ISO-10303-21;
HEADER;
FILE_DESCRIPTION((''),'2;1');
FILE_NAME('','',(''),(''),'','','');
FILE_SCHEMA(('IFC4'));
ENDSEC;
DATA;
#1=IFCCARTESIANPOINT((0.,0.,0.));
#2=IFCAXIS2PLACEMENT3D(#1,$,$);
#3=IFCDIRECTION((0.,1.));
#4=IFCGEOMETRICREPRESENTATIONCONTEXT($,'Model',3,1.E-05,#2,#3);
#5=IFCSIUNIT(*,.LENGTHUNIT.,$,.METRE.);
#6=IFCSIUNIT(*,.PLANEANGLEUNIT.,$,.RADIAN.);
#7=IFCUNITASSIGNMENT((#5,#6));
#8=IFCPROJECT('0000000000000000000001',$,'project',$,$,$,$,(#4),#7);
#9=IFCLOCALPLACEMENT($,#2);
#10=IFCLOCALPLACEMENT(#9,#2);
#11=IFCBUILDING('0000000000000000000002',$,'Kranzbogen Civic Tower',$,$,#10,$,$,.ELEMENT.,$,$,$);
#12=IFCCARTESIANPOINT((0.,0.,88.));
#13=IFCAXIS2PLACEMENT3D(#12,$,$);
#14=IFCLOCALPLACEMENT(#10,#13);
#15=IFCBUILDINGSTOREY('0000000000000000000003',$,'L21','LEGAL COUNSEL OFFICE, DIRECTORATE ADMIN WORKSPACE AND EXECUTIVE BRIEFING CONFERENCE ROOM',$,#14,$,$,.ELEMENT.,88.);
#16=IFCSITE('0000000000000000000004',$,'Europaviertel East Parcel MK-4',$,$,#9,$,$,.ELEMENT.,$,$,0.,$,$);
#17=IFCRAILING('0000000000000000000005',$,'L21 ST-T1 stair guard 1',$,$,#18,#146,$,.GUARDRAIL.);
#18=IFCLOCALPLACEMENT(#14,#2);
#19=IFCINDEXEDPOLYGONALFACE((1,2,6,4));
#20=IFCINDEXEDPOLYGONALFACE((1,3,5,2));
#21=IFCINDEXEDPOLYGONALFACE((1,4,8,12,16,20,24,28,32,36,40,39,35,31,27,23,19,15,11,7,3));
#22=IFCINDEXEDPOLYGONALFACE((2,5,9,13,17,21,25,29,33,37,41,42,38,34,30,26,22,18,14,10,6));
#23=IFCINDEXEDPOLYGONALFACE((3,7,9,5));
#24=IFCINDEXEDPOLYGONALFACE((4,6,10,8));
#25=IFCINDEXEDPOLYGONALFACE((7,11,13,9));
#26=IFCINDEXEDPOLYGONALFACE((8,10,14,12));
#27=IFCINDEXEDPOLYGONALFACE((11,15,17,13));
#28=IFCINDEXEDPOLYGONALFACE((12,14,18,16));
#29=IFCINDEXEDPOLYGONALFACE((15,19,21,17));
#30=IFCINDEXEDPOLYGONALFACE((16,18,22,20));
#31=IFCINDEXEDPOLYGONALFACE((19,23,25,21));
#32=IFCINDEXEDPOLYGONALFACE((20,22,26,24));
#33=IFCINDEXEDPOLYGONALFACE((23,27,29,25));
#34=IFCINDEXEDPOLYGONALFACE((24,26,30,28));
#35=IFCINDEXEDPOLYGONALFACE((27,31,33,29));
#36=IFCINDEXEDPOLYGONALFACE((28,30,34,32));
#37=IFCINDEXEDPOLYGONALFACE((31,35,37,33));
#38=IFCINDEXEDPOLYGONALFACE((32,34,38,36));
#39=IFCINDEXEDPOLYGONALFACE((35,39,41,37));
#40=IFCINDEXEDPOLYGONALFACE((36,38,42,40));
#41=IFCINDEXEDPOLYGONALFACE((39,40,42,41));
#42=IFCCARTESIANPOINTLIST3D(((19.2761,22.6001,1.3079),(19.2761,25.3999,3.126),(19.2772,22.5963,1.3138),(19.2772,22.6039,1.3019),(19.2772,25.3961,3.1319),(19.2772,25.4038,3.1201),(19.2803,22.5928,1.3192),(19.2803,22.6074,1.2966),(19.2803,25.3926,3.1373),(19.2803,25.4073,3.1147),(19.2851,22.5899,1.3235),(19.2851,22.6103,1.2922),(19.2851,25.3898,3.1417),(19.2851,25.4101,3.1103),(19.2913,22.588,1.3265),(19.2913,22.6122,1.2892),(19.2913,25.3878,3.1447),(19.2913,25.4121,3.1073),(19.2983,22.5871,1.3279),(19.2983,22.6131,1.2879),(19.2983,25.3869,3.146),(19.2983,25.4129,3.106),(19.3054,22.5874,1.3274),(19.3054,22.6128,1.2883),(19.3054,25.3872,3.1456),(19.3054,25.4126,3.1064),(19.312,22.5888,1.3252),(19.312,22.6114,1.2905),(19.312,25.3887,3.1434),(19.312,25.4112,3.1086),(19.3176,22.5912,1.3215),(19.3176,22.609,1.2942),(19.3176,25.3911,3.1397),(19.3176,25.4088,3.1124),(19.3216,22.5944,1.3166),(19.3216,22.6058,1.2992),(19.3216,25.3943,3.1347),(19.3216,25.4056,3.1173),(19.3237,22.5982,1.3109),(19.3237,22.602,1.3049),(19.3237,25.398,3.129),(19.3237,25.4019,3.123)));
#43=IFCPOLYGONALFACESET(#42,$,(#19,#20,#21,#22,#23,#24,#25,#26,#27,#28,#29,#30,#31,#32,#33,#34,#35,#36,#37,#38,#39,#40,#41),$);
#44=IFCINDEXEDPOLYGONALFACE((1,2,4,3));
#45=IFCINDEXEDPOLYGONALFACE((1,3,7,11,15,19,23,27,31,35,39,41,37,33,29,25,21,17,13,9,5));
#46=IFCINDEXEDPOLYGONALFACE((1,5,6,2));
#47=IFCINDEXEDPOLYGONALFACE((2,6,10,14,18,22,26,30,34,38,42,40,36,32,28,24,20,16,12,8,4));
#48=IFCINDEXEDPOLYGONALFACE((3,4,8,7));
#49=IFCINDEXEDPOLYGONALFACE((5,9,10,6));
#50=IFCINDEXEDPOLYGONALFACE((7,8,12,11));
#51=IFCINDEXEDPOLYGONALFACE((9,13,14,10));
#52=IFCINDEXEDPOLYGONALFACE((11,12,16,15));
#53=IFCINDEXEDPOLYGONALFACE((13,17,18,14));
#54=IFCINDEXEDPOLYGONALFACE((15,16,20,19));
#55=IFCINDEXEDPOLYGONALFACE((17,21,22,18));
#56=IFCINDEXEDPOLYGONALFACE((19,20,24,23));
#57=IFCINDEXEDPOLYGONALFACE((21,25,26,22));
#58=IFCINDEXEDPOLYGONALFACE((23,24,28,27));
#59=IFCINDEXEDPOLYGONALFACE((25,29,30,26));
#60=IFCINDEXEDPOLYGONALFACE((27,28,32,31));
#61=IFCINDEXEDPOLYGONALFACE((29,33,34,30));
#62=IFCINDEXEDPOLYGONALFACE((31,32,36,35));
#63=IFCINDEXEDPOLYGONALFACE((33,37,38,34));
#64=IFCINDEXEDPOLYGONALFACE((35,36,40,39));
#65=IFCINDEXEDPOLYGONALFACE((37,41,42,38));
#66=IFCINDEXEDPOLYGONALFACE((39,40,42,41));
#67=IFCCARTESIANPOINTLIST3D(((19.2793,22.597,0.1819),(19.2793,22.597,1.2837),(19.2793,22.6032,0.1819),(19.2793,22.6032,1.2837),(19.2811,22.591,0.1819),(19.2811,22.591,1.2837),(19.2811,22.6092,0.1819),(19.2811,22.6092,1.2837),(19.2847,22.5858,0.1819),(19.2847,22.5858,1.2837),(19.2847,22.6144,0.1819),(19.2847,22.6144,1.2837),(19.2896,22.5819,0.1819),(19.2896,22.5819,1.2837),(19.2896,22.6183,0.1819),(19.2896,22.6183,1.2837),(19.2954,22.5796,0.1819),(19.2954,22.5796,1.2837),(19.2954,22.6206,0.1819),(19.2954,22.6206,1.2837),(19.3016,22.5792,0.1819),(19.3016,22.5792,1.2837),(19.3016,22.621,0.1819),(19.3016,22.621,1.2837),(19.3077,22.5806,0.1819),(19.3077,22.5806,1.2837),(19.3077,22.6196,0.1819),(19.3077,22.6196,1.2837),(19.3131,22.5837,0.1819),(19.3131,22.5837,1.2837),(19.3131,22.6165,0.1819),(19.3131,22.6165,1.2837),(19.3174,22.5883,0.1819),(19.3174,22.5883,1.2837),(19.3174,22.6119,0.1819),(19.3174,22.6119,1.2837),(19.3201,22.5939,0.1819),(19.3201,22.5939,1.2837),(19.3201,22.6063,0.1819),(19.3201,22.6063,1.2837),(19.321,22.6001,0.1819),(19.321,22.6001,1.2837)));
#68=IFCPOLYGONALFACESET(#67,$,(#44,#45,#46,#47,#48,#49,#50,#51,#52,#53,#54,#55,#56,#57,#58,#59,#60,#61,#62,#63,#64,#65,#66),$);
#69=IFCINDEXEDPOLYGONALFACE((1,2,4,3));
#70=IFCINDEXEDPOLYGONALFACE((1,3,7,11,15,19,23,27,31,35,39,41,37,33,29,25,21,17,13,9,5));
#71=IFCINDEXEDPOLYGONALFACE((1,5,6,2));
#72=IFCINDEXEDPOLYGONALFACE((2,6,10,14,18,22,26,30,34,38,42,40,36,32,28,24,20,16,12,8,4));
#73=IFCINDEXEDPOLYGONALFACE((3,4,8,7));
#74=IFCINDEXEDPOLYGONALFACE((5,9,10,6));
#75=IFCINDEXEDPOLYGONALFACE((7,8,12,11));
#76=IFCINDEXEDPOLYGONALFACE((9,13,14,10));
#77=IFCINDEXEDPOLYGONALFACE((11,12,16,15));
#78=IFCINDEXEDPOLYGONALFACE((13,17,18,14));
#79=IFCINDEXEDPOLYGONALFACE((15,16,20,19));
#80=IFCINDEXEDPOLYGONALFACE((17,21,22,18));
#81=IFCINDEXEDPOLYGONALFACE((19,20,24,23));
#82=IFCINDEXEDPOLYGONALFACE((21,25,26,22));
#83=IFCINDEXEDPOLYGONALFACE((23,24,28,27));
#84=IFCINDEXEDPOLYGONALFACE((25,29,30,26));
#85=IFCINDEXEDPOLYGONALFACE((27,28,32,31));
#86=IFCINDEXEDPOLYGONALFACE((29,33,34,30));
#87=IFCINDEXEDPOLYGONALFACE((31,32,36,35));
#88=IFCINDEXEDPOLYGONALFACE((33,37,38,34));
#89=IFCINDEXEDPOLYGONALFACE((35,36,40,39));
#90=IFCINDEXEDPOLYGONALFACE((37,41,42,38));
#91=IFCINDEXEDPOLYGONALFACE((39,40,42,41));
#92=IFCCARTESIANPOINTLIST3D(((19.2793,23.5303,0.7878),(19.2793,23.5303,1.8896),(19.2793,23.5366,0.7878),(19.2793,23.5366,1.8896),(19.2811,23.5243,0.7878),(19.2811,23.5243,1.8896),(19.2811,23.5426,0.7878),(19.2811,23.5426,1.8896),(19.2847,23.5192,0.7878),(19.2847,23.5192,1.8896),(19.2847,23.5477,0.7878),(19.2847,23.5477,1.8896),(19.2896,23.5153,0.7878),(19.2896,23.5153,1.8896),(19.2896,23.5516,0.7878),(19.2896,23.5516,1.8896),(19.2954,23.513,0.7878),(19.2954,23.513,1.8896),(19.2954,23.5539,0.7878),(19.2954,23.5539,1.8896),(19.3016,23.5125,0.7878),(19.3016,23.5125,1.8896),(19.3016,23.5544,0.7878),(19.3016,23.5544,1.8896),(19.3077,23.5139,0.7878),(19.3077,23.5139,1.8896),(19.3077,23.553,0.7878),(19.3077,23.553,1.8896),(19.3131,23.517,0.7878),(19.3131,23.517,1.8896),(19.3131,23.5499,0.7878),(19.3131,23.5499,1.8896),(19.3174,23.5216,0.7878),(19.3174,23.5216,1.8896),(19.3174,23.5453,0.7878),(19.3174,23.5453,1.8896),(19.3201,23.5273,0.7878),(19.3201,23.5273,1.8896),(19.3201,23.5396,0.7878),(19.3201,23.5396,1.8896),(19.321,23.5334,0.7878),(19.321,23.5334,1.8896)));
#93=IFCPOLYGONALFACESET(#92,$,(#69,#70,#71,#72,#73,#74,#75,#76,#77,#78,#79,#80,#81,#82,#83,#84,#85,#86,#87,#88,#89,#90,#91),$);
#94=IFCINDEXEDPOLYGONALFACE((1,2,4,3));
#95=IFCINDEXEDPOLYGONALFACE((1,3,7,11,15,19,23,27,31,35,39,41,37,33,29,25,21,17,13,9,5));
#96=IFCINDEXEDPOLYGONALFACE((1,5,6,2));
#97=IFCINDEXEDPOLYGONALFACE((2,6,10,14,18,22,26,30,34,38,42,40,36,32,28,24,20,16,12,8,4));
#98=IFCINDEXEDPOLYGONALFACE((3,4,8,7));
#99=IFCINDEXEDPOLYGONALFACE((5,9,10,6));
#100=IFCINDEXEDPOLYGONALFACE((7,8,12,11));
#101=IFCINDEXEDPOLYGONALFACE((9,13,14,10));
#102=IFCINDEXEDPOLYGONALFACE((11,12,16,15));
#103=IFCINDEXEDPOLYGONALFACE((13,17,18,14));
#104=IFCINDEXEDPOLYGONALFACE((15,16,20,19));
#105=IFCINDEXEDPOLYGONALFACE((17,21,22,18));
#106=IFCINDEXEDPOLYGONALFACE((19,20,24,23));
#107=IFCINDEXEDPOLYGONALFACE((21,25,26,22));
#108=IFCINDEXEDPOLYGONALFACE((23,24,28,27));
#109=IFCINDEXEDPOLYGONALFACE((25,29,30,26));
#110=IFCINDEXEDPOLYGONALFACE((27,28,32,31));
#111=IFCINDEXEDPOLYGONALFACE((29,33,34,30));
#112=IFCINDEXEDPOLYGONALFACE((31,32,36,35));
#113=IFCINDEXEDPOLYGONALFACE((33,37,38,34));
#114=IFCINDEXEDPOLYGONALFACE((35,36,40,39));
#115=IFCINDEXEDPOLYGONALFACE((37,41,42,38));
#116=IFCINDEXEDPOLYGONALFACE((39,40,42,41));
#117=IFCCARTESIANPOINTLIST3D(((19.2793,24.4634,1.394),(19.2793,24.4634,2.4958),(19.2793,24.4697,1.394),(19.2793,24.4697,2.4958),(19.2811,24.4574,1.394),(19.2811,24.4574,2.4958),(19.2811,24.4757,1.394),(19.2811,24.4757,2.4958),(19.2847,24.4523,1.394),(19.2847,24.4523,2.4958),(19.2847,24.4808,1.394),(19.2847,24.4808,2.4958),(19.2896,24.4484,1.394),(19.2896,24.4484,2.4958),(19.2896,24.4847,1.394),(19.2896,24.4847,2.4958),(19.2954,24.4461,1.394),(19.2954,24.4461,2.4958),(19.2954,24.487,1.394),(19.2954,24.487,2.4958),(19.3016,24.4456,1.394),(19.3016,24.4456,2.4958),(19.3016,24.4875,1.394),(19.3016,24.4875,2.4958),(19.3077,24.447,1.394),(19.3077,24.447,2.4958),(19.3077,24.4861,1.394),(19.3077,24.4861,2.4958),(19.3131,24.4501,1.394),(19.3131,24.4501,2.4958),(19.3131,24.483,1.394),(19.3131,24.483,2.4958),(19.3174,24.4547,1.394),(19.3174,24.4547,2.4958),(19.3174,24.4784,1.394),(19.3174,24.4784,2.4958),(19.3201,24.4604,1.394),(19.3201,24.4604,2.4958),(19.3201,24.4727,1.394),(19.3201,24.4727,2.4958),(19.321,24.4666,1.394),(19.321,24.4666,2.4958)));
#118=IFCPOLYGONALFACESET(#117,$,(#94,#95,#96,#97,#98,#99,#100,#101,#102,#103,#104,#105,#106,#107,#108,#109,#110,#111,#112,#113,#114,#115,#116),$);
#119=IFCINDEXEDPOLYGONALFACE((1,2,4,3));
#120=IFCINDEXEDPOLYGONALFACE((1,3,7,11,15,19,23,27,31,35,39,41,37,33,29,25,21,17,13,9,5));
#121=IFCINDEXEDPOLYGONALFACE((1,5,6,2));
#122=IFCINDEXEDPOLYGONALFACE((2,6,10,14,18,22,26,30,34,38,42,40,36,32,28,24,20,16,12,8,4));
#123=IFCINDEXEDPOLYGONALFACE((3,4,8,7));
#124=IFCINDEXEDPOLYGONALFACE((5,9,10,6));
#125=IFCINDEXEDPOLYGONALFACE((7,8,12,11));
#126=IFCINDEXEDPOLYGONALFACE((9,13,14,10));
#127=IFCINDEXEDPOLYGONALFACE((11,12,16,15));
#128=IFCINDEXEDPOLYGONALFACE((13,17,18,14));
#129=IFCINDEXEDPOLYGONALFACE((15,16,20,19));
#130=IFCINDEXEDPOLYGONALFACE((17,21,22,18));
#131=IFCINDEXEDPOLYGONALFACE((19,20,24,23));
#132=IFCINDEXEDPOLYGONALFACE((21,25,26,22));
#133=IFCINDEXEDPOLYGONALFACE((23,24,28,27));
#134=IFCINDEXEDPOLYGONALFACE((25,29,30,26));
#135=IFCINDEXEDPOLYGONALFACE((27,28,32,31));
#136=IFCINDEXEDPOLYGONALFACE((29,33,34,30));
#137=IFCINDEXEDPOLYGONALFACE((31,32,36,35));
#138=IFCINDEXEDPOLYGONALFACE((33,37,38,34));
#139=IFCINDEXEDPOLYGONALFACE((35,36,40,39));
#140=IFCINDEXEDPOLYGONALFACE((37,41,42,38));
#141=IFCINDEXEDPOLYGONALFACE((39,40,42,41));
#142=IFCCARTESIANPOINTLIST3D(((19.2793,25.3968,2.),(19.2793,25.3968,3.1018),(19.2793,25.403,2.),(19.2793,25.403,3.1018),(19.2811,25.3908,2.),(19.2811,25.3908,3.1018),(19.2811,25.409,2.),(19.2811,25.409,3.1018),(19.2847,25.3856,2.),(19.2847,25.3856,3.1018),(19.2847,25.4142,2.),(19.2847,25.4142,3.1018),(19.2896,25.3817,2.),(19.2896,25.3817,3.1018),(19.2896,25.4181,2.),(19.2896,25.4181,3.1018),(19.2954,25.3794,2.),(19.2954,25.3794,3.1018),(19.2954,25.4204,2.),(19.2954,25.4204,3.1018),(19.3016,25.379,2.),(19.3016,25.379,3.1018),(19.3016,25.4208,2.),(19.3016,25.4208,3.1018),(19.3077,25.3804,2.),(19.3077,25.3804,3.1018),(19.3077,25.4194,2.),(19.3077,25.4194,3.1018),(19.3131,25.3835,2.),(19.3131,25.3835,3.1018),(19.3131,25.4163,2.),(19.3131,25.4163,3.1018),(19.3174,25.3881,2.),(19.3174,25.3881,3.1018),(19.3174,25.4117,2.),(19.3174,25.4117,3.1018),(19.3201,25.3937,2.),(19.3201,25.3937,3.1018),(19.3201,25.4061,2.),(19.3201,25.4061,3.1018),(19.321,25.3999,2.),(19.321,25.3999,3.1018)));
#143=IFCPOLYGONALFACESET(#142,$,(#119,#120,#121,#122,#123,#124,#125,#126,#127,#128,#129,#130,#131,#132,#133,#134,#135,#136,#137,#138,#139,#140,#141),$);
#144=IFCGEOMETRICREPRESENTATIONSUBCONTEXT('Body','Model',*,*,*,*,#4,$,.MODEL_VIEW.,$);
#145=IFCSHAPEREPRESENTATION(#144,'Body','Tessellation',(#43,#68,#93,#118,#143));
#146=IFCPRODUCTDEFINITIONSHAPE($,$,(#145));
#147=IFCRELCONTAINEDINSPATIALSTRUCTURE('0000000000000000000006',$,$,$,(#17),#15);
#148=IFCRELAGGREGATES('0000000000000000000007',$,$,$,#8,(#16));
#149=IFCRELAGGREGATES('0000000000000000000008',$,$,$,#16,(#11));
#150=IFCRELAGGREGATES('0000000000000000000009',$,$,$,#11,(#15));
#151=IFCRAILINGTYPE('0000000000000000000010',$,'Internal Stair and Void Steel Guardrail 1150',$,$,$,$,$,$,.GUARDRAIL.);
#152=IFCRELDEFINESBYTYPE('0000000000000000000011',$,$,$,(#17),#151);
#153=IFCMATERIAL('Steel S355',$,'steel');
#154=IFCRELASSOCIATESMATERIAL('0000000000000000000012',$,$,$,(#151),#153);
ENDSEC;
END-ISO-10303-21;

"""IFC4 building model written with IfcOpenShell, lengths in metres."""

from ifc_helpers import new_model, si_unit, direction, frame, origin, origin_2d, place, context, subcontext, project, spatial, circle, extrude, material, type_object, element, save


model = new_model("IFC4")

# Units and contexts
model_context = context("Model", 3, precision=1e-05, world=origin(), true_north=direction((0.0, 1.0)))
body_context = subcontext(model_context, "Body", "Model", "MODEL_VIEW")
ifc_project = project(units=[si_unit("LENGTHUNIT", "METRE"), si_unit("PLANEANGLEUNIT", "RADIAN")], contexts=[model_context])

# Site, building, storey
site_placement = place(None, origin())
site = spatial("IfcSite", under=ifc_project, at=site_placement, Name="Europaviertel East Parcel MK-4", CompositionType="ELEMENT", RefElevation=0.0)
building_placement = place(site_placement, origin())
building = spatial("IfcBuilding", under=site, at=building_placement, Name="Kranzbogen Civic Tower", CompositionType="ELEMENT")
storey_placement = place(building_placement, frame((0.0, 0.0, 88.0)))
storey = spatial("IfcBuildingStorey", under=building, at=storey_placement, Name="L21", Description="LEGAL COUNSEL OFFICE, DIRECTORATE ADMIN WORKSPACE AND EXECUTIVE BRIEFING CONFERENCE ROOM", CompositionType="ELEMENT", Elevation=88.0)

# Shared definitions
ifc_material_1 = material(Name="Steel S355", Category="steel")

# Railing
railing_type_1 = type_object("IfcRailingType", Name="Internal Stair and Void Steel Guardrail 1150", PredefinedType="GUARDRAIL", material=ifc_material_1)
railing_1_placement = place(storey_placement, frame((19.3, 22.6001, 0.1819)))
element("IfcRailing", 1, at=railing_1_placement, inside=storey, type_object=railing_type_1, Name="L21 ST-T1 stair guard 1", PredefinedType="GUARDRAIL", context=body_context, shape_type="SweptSolid", body=[
    extrude(circle(Radius=0.0239, at=origin_2d()), frame((0.0, 0.0, 1.126), z_axis=(0.0, 0.838684, 0.544618), x_axis=(-1.0, 0.0, 0.0)), (0.0, 0.0, 1.0), 3.3384),
    extrude(circle(Radius=0.021, at=origin_2d()), origin(), (0.0, 0.0, 1.0), 1.1018),
    extrude(circle(Radius=0.021, at=origin_2d()), frame((0.0, 0.9333, 0.606)), (0.0, 0.0, 1.0), 1.1018),
    extrude(circle(Radius=0.021, at=origin_2d()), frame((0.0, 1.8665, 1.2122)), (0.0, 0.0, 1.0), 1.1018),
    extrude(circle(Radius=0.021, at=origin_2d()), frame((0.0, 2.7998, 1.8181)), (0.0, 0.0, 1.0), 1.1018),
])

save(model, "model.ifc")
